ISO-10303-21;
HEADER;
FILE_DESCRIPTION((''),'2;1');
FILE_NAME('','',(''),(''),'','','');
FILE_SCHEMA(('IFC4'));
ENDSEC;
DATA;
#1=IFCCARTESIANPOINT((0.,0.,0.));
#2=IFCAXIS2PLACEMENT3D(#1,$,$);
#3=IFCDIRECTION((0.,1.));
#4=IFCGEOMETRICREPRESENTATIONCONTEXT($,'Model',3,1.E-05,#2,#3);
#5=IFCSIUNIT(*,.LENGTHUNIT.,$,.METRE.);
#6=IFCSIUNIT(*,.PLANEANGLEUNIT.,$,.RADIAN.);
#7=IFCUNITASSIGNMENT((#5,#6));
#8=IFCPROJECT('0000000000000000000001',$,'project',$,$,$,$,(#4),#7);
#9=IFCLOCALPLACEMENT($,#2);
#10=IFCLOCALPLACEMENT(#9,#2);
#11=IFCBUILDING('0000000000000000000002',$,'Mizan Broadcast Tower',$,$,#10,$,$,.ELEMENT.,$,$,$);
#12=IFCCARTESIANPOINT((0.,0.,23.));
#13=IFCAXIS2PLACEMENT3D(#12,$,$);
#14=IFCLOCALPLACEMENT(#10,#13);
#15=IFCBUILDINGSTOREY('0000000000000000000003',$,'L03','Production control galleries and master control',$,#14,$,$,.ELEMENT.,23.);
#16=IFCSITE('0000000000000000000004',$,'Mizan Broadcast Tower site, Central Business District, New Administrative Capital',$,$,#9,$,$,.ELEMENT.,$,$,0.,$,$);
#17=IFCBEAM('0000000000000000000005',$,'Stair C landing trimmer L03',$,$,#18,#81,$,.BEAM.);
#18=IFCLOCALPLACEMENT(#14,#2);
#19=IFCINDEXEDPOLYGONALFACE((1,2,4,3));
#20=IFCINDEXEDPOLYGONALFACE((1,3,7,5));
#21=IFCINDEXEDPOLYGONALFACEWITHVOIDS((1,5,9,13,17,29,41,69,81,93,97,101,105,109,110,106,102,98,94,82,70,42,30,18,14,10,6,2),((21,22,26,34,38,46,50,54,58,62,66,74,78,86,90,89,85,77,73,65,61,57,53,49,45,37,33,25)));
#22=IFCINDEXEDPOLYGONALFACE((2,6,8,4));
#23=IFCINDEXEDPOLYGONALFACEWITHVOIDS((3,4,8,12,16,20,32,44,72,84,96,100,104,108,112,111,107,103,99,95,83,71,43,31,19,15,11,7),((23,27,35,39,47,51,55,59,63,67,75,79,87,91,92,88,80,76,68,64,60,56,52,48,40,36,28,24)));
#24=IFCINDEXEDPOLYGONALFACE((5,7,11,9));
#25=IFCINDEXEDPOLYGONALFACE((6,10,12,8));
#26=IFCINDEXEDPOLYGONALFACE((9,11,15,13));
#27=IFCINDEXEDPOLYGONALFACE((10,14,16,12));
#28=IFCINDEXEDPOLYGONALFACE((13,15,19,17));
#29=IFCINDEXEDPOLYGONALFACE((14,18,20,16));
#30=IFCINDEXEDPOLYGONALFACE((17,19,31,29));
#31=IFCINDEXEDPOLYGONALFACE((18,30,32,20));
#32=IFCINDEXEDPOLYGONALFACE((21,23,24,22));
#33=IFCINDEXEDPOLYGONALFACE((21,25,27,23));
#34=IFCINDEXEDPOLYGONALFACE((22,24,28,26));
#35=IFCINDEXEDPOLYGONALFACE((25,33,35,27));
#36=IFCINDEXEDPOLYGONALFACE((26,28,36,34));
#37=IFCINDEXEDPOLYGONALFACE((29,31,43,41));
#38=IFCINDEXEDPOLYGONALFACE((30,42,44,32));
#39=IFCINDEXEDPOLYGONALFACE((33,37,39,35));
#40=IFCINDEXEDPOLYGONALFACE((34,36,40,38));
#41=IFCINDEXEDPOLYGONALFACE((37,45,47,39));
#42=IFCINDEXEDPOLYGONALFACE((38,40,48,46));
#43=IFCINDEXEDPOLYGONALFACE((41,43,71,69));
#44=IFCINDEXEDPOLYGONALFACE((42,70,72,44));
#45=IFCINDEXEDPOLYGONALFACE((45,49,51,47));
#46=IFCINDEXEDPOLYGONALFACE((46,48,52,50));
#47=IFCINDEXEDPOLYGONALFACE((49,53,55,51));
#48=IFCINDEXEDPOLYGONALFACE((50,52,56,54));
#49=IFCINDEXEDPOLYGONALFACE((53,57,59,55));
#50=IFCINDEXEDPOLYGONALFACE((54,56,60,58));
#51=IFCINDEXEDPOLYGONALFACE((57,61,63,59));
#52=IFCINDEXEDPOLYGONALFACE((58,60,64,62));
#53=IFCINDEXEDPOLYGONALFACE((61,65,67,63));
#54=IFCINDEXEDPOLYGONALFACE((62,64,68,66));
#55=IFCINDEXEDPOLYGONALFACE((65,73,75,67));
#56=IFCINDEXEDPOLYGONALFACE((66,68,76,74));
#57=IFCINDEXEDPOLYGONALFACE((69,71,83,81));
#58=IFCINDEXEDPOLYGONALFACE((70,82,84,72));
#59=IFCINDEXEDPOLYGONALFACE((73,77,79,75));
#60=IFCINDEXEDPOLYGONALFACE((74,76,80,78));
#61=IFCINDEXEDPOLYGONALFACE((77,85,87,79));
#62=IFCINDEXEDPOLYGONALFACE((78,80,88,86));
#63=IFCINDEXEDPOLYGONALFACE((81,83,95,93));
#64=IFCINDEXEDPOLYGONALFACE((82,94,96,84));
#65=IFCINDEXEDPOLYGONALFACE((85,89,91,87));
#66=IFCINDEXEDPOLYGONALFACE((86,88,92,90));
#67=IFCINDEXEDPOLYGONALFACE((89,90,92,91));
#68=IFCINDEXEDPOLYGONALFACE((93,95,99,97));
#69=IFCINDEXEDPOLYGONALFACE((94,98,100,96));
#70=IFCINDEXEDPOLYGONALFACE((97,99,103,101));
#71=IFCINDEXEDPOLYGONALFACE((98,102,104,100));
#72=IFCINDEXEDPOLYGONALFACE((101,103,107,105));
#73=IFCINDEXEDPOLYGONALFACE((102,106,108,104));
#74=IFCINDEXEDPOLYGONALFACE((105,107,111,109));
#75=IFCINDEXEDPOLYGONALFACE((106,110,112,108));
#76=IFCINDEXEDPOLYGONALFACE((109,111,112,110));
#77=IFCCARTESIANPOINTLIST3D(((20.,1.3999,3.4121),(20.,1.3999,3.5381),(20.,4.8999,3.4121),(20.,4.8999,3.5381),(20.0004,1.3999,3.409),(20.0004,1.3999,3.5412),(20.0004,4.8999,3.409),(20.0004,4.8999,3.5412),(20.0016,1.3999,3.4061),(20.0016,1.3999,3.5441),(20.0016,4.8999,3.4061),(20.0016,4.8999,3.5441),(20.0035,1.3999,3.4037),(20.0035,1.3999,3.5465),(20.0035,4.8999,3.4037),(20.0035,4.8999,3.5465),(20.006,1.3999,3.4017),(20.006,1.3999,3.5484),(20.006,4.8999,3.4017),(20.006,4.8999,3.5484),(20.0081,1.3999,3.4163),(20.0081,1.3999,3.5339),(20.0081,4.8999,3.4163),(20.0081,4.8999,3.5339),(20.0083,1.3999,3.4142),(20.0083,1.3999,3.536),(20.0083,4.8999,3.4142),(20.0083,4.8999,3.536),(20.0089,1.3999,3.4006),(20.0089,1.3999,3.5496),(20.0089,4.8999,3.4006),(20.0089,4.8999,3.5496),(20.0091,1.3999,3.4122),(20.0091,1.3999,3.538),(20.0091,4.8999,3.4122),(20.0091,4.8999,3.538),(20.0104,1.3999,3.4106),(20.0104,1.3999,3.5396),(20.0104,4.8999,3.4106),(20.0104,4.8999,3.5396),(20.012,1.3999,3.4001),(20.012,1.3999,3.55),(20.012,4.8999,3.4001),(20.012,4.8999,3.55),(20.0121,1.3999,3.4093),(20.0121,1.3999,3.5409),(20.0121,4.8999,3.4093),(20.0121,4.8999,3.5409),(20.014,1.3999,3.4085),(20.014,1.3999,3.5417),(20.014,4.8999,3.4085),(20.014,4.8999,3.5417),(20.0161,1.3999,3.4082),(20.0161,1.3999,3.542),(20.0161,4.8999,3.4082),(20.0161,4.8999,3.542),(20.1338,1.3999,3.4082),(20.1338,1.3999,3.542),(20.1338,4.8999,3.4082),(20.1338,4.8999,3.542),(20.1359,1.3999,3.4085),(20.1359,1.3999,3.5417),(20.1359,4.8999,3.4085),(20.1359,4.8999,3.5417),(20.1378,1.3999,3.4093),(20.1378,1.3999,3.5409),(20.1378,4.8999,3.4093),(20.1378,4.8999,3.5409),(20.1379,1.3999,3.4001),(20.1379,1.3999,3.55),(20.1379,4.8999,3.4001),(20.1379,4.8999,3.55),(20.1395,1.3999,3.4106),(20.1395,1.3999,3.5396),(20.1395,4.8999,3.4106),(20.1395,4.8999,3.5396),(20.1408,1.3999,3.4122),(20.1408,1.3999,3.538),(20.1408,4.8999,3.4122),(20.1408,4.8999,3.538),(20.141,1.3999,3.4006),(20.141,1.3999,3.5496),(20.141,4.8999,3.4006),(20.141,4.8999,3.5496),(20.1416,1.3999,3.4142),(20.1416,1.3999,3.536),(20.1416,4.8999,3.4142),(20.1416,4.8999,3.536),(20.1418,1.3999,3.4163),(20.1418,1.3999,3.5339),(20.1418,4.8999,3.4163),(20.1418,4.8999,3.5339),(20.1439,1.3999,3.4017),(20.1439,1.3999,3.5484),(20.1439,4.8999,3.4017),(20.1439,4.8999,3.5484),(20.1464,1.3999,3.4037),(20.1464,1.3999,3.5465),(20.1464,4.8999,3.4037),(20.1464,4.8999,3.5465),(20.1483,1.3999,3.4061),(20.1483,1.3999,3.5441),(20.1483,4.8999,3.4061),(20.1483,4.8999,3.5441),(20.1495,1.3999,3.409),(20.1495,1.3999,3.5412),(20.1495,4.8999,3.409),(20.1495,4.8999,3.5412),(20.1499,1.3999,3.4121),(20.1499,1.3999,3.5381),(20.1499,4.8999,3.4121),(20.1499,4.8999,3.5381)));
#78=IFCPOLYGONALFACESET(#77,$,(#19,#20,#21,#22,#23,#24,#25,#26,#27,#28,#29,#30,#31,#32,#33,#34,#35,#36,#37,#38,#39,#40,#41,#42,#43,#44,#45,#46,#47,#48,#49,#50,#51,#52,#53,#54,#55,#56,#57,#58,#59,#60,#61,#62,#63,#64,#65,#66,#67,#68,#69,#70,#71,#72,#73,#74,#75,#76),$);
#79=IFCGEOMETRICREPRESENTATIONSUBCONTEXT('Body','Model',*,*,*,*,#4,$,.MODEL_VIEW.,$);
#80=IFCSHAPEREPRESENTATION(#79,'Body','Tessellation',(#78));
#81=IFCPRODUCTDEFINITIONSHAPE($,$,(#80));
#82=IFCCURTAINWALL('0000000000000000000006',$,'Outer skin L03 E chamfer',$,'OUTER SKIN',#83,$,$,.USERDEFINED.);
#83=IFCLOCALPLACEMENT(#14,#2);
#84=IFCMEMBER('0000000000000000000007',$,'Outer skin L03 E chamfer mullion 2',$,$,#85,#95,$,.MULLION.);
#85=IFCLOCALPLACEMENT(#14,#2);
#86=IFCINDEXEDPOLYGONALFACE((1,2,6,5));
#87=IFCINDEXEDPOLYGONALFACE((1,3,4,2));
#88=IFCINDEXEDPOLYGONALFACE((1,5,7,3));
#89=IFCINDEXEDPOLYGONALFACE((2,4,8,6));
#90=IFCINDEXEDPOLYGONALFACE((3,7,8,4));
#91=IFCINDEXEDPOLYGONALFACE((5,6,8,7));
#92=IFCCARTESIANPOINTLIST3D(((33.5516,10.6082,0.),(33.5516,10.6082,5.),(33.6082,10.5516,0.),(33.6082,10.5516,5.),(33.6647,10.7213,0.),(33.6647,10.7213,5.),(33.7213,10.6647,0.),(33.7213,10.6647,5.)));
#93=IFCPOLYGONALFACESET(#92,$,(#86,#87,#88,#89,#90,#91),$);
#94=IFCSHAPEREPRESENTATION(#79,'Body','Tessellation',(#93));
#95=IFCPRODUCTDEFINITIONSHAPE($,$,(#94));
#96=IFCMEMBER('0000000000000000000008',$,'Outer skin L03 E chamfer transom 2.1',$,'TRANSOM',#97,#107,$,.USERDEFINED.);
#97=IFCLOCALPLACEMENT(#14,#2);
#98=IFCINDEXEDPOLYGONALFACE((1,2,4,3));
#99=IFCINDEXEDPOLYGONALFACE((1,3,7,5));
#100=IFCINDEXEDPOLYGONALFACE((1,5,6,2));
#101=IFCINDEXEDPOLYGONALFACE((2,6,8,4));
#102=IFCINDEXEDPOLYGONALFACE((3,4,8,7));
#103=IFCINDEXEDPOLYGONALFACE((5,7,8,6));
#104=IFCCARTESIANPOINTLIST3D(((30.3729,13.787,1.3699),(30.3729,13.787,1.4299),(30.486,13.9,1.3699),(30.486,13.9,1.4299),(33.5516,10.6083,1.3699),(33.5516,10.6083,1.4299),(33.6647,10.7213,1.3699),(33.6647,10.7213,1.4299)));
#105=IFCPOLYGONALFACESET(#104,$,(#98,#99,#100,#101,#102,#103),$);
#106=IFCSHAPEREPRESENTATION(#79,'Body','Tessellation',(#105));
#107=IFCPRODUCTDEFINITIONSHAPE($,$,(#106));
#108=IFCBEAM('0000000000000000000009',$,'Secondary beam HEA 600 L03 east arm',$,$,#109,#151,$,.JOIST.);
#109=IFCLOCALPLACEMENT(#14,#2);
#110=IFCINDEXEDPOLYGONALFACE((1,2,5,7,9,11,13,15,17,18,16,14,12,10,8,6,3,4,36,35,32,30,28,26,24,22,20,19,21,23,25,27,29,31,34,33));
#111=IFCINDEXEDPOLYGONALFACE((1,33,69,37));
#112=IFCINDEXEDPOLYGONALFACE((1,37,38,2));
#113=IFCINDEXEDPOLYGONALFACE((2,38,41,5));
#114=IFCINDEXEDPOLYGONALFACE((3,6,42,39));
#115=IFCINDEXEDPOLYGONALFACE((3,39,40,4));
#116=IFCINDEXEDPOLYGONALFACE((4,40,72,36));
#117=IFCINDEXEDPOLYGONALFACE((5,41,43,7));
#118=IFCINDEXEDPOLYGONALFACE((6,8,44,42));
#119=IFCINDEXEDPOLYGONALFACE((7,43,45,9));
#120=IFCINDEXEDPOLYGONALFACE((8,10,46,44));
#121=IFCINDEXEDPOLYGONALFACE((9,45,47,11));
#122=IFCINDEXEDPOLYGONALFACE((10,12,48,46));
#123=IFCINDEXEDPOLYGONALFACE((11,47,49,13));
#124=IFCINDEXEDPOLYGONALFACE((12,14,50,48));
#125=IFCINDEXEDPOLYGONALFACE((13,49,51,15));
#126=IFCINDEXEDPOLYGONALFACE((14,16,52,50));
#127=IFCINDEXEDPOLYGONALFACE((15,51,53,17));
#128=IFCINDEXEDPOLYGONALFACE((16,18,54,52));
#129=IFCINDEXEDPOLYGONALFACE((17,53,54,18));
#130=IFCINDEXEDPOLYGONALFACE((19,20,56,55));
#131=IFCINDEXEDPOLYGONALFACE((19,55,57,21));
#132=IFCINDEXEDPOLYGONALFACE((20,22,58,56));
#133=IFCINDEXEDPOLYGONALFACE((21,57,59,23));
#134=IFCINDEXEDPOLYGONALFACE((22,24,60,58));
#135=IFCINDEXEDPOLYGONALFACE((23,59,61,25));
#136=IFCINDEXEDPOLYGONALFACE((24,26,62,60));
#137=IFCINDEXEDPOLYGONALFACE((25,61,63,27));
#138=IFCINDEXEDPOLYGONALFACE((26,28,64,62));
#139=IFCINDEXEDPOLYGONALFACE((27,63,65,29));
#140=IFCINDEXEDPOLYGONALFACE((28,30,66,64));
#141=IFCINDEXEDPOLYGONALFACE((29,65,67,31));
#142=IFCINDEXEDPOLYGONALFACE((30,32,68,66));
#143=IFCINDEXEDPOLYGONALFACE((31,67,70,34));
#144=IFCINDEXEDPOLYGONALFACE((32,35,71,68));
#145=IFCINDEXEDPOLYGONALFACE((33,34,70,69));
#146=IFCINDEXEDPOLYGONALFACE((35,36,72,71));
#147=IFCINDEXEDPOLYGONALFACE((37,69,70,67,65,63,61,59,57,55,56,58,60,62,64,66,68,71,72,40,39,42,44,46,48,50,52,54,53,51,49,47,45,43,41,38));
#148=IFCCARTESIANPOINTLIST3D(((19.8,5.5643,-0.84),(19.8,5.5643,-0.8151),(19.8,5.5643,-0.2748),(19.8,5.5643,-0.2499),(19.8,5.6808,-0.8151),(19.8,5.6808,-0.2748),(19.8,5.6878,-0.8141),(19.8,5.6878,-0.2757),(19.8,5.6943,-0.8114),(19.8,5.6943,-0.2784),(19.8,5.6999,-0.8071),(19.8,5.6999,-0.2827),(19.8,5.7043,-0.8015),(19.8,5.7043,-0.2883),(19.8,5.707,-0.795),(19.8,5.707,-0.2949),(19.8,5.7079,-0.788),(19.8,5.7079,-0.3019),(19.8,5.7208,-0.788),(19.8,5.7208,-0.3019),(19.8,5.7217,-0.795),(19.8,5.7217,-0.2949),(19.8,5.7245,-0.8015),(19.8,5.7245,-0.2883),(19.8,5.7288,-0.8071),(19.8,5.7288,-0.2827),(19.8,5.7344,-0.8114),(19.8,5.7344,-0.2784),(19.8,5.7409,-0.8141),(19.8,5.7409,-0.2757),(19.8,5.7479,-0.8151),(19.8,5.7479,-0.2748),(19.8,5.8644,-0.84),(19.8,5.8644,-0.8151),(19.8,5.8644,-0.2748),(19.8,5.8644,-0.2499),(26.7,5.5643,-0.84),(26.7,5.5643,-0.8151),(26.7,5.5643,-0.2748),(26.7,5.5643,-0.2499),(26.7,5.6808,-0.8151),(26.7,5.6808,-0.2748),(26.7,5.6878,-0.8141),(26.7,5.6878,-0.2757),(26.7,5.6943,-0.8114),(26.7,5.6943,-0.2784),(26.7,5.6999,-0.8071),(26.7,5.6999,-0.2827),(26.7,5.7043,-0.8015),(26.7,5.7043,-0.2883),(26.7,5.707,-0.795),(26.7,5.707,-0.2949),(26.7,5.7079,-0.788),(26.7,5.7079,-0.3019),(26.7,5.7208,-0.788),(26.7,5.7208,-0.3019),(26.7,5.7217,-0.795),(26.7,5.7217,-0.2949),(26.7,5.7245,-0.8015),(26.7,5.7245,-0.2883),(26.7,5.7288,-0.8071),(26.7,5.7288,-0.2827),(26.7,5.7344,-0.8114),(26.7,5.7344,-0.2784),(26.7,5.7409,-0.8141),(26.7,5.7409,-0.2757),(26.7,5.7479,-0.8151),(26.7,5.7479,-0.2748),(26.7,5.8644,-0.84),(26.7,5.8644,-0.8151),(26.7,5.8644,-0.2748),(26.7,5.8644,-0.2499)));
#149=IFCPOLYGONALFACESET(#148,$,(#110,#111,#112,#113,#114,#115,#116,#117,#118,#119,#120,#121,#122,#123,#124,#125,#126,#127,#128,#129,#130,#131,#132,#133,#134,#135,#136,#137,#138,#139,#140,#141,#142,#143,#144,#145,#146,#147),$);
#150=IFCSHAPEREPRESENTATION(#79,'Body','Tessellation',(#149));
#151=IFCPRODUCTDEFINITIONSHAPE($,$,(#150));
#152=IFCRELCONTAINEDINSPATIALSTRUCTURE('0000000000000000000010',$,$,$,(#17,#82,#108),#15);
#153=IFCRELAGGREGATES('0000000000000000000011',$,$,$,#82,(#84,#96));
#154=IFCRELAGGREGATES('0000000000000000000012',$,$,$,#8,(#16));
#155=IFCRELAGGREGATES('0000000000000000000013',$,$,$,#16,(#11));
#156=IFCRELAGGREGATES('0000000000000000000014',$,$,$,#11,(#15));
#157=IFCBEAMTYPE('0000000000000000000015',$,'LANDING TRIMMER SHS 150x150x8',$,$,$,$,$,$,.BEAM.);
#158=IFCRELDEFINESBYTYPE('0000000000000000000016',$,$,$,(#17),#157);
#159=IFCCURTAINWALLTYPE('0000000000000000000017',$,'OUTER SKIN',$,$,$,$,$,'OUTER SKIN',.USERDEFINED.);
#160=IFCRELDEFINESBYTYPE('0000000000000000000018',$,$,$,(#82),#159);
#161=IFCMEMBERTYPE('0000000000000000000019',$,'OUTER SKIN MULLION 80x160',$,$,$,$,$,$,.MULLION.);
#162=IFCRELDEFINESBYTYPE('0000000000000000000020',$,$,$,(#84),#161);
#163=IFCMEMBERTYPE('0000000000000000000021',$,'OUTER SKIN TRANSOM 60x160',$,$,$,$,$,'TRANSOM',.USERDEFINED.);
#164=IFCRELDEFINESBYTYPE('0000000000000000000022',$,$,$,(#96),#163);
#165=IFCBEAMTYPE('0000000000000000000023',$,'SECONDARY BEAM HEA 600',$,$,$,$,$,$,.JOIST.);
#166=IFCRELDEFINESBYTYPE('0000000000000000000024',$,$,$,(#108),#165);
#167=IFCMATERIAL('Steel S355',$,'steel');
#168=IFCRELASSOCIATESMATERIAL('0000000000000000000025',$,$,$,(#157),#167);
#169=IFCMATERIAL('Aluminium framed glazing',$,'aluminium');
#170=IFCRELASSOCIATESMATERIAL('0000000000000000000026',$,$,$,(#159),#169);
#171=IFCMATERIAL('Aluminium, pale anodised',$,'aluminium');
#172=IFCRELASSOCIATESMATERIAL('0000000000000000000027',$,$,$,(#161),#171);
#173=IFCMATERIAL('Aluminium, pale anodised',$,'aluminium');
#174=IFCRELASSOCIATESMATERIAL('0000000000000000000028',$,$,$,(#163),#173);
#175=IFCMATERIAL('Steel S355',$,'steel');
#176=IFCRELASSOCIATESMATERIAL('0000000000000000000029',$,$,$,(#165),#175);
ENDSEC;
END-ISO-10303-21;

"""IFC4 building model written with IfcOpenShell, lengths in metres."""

from ifc_helpers import new_model, si_unit, direction, frame, origin, origin_2d, place, context, subcontext, project, spatial, rectangle, hollow_rectangle, i_section, extrude, material, material_profile, profile_set, type_object, element, aggregate, save


model = new_model("IFC4")

# Units and contexts
model_context = context("Model", 3, precision=1e-05, world=origin(), true_north=direction((0.0, 1.0)))
body_context = subcontext(model_context, "Body", "Model", "MODEL_VIEW")
ifc_project = project(units=[si_unit("LENGTHUNIT", "METRE"), si_unit("PLANEANGLEUNIT", "RADIAN")], contexts=[model_context])

# Site, building, storey
site_placement = place(None, origin())
site = spatial("IfcSite", under=ifc_project, at=site_placement, Name="Mizan Broadcast Tower site, Central Business District, New Administrative Capital", CompositionType="ELEMENT", RefElevation=0.0)
building_placement = place(site_placement, origin())
building = spatial("IfcBuilding", under=site, at=building_placement, Name="Mizan Broadcast Tower", CompositionType="ELEMENT")
storey_placement = place(building_placement, frame((0.0, 0.0, 23.0)))
storey = spatial("IfcBuildingStorey", under=building, at=storey_placement, Name="L03", Description="Production control galleries and master control", CompositionType="ELEMENT", Elevation=23.0)

# Beam
ifc_material_1 = material(Name="Steel S355", Category="steel")
ifc_material_profile_1 = material_profile(ifc_material_1, hollow_rectangle(XDim=0.1499, YDim=0.1499, WallThickness=0.0081, InnerFilletRadius=0.0081, OuterFilletRadius=0.012, at=origin_2d()), Name="SHS 150x150x8")
ifc_profile_set_1 = profile_set([ifc_material_profile_1], Name="Steel S355")
beam_type_1 = type_object("IfcBeamType", Name="LANDING TRIMMER SHS 150x150x8", PredefinedType="BEAM", material=ifc_profile_set_1)
for number, where, z_axis, x_axis, name in (
    (1, (20.075, 1.3999, 3.4751), (0.0, 1.0, 0.0), (-1.0, 0.0, 0.0), "Stair C landing trimmer L03"),
):
    element("IfcBeam", number, at=place(storey_placement, frame(where, z_axis=z_axis, x_axis=x_axis)), inside=storey, type_object=beam_type_1, Name=name, PredefinedType="BEAM", context=body_context, shape_type="SweptSolid", body=[
        extrude(hollow_rectangle(XDim=0.1499, YDim=0.1499, WallThickness=0.0081, InnerFilletRadius=0.0081, OuterFilletRadius=0.012, at=origin_2d()), origin(), (0.0, 0.0, 1.0), 3.5),
    ])

# Curtain wall, members
ifc_material_2 = material(Name="Aluminium framed glazing", Category="aluminium")
curtain_wall_type_1 = type_object("IfcCurtainWallType", Name="OUTER SKIN", ElementType="OUTER SKIN", PredefinedType="USERDEFINED", material=ifc_material_2)
curtain_wall_1_placement = place(storey_placement, origin())
curtain_wall_1 = element("IfcCurtainWall", 2, at=curtain_wall_1_placement, inside=storey, type_object=curtain_wall_type_1, Name="Outer skin L03 E chamfer", ObjectType="OUTER SKIN", PredefinedType="USERDEFINED")
ifc_material_3 = material(Name="Aluminium, pale anodised", Category="aluminium")
ifc_material_profile_2 = material_profile(ifc_material_3, rectangle(XDim=0.1599, YDim=0.0801, at=origin_2d()), Name="MULLION 160x80")
ifc_profile_set_2 = profile_set([ifc_material_profile_2], Name="Aluminium, pale anodised")
member_type_1 = type_object("IfcMemberType", Name="OUTER SKIN MULLION 80x160", PredefinedType="MULLION", material=ifc_profile_set_2)
member_1_placement = place(storey_placement, frame((33.6365, 10.6365, 0.0), z_axis=(0.0, 0.0, 1.0), x_axis=(-0.707107, -0.707107, 0.0)))
member_1 = element("IfcMember", 3, at=member_1_placement, type_object=member_type_1, Name="Outer skin L03 E chamfer mullion 2", PredefinedType="MULLION", context=body_context, shape_type="SweptSolid", body=[
    extrude(rectangle(XDim=0.1599, YDim=0.0801, at=origin_2d()), origin(), (0.0, 0.0, 1.0), 5.0),
])
ifc_material_4 = material(Name="Aluminium, pale anodised", Category="aluminium")
ifc_material_profile_3 = material_profile(ifc_material_4, rectangle(XDim=0.1599, YDim=0.0601, at=origin_2d()), Name="TRANSOM 160x60")
ifc_profile_set_3 = profile_set([ifc_material_profile_3], Name="Aluminium, pale anodised")
member_type_2 = type_object("IfcMemberType", Name="OUTER SKIN TRANSOM 60x160", ElementType="TRANSOM", PredefinedType="USERDEFINED", material=ifc_profile_set_3)
member_2_placement = place(storey_placement, frame((33.6082, 10.6648, 1.3999), z_axis=(-0.707107, 0.707107, 0.0), x_axis=(-0.707107, -0.707107, 0.0)))
member_2 = element("IfcMember", 4, at=member_2_placement, type_object=member_type_2, Name="Outer skin L03 E chamfer transom 2.1", ObjectType="TRANSOM", PredefinedType="USERDEFINED", context=body_context, shape_type="SweptSolid", body=[
    extrude(rectangle(XDim=0.1599, YDim=0.0601, at=origin_2d()), origin(), (0.0, 0.0, 1.0), 4.4954),
])
aggregate(curtain_wall_1, [member_1, member_2])

# Beam
ifc_material_5 = material(Name="Steel S355", Category="steel")
ifc_material_profile_4 = material_profile(ifc_material_5, i_section(OverallWidth=0.3, OverallDepth=0.5901, WebThickness=0.0129, FlangeThickness=0.0249, FilletRadius=0.0271, at=origin_2d()), Name="HEA 600")
ifc_profile_set_4 = profile_set([ifc_material_profile_4], Name="Steel S355")
beam_type_2 = type_object("IfcBeamType", Name="SECONDARY BEAM HEA 600", PredefinedType="JOIST", material=ifc_profile_set_4)
beam_1_placement = place(storey_placement, frame((19.8, 5.7144, -0.5449), z_axis=(1.0, 0.0, 0.0), x_axis=(0.0, 1.0, 0.0)))
element("IfcBeam", 5, at=beam_1_placement, inside=storey, type_object=beam_type_2, Name="Secondary beam HEA 600 L03 east arm", PredefinedType="JOIST", context=body_context, shape_type="SweptSolid", body=[
    extrude(i_section(OverallWidth=0.3, OverallDepth=0.5901, WebThickness=0.0129, FlangeThickness=0.0249, FilletRadius=0.0271, at=origin_2d()), origin(), (0.0, 0.0, 1.0), 6.8999),
])

save(model, "model.ifc")
